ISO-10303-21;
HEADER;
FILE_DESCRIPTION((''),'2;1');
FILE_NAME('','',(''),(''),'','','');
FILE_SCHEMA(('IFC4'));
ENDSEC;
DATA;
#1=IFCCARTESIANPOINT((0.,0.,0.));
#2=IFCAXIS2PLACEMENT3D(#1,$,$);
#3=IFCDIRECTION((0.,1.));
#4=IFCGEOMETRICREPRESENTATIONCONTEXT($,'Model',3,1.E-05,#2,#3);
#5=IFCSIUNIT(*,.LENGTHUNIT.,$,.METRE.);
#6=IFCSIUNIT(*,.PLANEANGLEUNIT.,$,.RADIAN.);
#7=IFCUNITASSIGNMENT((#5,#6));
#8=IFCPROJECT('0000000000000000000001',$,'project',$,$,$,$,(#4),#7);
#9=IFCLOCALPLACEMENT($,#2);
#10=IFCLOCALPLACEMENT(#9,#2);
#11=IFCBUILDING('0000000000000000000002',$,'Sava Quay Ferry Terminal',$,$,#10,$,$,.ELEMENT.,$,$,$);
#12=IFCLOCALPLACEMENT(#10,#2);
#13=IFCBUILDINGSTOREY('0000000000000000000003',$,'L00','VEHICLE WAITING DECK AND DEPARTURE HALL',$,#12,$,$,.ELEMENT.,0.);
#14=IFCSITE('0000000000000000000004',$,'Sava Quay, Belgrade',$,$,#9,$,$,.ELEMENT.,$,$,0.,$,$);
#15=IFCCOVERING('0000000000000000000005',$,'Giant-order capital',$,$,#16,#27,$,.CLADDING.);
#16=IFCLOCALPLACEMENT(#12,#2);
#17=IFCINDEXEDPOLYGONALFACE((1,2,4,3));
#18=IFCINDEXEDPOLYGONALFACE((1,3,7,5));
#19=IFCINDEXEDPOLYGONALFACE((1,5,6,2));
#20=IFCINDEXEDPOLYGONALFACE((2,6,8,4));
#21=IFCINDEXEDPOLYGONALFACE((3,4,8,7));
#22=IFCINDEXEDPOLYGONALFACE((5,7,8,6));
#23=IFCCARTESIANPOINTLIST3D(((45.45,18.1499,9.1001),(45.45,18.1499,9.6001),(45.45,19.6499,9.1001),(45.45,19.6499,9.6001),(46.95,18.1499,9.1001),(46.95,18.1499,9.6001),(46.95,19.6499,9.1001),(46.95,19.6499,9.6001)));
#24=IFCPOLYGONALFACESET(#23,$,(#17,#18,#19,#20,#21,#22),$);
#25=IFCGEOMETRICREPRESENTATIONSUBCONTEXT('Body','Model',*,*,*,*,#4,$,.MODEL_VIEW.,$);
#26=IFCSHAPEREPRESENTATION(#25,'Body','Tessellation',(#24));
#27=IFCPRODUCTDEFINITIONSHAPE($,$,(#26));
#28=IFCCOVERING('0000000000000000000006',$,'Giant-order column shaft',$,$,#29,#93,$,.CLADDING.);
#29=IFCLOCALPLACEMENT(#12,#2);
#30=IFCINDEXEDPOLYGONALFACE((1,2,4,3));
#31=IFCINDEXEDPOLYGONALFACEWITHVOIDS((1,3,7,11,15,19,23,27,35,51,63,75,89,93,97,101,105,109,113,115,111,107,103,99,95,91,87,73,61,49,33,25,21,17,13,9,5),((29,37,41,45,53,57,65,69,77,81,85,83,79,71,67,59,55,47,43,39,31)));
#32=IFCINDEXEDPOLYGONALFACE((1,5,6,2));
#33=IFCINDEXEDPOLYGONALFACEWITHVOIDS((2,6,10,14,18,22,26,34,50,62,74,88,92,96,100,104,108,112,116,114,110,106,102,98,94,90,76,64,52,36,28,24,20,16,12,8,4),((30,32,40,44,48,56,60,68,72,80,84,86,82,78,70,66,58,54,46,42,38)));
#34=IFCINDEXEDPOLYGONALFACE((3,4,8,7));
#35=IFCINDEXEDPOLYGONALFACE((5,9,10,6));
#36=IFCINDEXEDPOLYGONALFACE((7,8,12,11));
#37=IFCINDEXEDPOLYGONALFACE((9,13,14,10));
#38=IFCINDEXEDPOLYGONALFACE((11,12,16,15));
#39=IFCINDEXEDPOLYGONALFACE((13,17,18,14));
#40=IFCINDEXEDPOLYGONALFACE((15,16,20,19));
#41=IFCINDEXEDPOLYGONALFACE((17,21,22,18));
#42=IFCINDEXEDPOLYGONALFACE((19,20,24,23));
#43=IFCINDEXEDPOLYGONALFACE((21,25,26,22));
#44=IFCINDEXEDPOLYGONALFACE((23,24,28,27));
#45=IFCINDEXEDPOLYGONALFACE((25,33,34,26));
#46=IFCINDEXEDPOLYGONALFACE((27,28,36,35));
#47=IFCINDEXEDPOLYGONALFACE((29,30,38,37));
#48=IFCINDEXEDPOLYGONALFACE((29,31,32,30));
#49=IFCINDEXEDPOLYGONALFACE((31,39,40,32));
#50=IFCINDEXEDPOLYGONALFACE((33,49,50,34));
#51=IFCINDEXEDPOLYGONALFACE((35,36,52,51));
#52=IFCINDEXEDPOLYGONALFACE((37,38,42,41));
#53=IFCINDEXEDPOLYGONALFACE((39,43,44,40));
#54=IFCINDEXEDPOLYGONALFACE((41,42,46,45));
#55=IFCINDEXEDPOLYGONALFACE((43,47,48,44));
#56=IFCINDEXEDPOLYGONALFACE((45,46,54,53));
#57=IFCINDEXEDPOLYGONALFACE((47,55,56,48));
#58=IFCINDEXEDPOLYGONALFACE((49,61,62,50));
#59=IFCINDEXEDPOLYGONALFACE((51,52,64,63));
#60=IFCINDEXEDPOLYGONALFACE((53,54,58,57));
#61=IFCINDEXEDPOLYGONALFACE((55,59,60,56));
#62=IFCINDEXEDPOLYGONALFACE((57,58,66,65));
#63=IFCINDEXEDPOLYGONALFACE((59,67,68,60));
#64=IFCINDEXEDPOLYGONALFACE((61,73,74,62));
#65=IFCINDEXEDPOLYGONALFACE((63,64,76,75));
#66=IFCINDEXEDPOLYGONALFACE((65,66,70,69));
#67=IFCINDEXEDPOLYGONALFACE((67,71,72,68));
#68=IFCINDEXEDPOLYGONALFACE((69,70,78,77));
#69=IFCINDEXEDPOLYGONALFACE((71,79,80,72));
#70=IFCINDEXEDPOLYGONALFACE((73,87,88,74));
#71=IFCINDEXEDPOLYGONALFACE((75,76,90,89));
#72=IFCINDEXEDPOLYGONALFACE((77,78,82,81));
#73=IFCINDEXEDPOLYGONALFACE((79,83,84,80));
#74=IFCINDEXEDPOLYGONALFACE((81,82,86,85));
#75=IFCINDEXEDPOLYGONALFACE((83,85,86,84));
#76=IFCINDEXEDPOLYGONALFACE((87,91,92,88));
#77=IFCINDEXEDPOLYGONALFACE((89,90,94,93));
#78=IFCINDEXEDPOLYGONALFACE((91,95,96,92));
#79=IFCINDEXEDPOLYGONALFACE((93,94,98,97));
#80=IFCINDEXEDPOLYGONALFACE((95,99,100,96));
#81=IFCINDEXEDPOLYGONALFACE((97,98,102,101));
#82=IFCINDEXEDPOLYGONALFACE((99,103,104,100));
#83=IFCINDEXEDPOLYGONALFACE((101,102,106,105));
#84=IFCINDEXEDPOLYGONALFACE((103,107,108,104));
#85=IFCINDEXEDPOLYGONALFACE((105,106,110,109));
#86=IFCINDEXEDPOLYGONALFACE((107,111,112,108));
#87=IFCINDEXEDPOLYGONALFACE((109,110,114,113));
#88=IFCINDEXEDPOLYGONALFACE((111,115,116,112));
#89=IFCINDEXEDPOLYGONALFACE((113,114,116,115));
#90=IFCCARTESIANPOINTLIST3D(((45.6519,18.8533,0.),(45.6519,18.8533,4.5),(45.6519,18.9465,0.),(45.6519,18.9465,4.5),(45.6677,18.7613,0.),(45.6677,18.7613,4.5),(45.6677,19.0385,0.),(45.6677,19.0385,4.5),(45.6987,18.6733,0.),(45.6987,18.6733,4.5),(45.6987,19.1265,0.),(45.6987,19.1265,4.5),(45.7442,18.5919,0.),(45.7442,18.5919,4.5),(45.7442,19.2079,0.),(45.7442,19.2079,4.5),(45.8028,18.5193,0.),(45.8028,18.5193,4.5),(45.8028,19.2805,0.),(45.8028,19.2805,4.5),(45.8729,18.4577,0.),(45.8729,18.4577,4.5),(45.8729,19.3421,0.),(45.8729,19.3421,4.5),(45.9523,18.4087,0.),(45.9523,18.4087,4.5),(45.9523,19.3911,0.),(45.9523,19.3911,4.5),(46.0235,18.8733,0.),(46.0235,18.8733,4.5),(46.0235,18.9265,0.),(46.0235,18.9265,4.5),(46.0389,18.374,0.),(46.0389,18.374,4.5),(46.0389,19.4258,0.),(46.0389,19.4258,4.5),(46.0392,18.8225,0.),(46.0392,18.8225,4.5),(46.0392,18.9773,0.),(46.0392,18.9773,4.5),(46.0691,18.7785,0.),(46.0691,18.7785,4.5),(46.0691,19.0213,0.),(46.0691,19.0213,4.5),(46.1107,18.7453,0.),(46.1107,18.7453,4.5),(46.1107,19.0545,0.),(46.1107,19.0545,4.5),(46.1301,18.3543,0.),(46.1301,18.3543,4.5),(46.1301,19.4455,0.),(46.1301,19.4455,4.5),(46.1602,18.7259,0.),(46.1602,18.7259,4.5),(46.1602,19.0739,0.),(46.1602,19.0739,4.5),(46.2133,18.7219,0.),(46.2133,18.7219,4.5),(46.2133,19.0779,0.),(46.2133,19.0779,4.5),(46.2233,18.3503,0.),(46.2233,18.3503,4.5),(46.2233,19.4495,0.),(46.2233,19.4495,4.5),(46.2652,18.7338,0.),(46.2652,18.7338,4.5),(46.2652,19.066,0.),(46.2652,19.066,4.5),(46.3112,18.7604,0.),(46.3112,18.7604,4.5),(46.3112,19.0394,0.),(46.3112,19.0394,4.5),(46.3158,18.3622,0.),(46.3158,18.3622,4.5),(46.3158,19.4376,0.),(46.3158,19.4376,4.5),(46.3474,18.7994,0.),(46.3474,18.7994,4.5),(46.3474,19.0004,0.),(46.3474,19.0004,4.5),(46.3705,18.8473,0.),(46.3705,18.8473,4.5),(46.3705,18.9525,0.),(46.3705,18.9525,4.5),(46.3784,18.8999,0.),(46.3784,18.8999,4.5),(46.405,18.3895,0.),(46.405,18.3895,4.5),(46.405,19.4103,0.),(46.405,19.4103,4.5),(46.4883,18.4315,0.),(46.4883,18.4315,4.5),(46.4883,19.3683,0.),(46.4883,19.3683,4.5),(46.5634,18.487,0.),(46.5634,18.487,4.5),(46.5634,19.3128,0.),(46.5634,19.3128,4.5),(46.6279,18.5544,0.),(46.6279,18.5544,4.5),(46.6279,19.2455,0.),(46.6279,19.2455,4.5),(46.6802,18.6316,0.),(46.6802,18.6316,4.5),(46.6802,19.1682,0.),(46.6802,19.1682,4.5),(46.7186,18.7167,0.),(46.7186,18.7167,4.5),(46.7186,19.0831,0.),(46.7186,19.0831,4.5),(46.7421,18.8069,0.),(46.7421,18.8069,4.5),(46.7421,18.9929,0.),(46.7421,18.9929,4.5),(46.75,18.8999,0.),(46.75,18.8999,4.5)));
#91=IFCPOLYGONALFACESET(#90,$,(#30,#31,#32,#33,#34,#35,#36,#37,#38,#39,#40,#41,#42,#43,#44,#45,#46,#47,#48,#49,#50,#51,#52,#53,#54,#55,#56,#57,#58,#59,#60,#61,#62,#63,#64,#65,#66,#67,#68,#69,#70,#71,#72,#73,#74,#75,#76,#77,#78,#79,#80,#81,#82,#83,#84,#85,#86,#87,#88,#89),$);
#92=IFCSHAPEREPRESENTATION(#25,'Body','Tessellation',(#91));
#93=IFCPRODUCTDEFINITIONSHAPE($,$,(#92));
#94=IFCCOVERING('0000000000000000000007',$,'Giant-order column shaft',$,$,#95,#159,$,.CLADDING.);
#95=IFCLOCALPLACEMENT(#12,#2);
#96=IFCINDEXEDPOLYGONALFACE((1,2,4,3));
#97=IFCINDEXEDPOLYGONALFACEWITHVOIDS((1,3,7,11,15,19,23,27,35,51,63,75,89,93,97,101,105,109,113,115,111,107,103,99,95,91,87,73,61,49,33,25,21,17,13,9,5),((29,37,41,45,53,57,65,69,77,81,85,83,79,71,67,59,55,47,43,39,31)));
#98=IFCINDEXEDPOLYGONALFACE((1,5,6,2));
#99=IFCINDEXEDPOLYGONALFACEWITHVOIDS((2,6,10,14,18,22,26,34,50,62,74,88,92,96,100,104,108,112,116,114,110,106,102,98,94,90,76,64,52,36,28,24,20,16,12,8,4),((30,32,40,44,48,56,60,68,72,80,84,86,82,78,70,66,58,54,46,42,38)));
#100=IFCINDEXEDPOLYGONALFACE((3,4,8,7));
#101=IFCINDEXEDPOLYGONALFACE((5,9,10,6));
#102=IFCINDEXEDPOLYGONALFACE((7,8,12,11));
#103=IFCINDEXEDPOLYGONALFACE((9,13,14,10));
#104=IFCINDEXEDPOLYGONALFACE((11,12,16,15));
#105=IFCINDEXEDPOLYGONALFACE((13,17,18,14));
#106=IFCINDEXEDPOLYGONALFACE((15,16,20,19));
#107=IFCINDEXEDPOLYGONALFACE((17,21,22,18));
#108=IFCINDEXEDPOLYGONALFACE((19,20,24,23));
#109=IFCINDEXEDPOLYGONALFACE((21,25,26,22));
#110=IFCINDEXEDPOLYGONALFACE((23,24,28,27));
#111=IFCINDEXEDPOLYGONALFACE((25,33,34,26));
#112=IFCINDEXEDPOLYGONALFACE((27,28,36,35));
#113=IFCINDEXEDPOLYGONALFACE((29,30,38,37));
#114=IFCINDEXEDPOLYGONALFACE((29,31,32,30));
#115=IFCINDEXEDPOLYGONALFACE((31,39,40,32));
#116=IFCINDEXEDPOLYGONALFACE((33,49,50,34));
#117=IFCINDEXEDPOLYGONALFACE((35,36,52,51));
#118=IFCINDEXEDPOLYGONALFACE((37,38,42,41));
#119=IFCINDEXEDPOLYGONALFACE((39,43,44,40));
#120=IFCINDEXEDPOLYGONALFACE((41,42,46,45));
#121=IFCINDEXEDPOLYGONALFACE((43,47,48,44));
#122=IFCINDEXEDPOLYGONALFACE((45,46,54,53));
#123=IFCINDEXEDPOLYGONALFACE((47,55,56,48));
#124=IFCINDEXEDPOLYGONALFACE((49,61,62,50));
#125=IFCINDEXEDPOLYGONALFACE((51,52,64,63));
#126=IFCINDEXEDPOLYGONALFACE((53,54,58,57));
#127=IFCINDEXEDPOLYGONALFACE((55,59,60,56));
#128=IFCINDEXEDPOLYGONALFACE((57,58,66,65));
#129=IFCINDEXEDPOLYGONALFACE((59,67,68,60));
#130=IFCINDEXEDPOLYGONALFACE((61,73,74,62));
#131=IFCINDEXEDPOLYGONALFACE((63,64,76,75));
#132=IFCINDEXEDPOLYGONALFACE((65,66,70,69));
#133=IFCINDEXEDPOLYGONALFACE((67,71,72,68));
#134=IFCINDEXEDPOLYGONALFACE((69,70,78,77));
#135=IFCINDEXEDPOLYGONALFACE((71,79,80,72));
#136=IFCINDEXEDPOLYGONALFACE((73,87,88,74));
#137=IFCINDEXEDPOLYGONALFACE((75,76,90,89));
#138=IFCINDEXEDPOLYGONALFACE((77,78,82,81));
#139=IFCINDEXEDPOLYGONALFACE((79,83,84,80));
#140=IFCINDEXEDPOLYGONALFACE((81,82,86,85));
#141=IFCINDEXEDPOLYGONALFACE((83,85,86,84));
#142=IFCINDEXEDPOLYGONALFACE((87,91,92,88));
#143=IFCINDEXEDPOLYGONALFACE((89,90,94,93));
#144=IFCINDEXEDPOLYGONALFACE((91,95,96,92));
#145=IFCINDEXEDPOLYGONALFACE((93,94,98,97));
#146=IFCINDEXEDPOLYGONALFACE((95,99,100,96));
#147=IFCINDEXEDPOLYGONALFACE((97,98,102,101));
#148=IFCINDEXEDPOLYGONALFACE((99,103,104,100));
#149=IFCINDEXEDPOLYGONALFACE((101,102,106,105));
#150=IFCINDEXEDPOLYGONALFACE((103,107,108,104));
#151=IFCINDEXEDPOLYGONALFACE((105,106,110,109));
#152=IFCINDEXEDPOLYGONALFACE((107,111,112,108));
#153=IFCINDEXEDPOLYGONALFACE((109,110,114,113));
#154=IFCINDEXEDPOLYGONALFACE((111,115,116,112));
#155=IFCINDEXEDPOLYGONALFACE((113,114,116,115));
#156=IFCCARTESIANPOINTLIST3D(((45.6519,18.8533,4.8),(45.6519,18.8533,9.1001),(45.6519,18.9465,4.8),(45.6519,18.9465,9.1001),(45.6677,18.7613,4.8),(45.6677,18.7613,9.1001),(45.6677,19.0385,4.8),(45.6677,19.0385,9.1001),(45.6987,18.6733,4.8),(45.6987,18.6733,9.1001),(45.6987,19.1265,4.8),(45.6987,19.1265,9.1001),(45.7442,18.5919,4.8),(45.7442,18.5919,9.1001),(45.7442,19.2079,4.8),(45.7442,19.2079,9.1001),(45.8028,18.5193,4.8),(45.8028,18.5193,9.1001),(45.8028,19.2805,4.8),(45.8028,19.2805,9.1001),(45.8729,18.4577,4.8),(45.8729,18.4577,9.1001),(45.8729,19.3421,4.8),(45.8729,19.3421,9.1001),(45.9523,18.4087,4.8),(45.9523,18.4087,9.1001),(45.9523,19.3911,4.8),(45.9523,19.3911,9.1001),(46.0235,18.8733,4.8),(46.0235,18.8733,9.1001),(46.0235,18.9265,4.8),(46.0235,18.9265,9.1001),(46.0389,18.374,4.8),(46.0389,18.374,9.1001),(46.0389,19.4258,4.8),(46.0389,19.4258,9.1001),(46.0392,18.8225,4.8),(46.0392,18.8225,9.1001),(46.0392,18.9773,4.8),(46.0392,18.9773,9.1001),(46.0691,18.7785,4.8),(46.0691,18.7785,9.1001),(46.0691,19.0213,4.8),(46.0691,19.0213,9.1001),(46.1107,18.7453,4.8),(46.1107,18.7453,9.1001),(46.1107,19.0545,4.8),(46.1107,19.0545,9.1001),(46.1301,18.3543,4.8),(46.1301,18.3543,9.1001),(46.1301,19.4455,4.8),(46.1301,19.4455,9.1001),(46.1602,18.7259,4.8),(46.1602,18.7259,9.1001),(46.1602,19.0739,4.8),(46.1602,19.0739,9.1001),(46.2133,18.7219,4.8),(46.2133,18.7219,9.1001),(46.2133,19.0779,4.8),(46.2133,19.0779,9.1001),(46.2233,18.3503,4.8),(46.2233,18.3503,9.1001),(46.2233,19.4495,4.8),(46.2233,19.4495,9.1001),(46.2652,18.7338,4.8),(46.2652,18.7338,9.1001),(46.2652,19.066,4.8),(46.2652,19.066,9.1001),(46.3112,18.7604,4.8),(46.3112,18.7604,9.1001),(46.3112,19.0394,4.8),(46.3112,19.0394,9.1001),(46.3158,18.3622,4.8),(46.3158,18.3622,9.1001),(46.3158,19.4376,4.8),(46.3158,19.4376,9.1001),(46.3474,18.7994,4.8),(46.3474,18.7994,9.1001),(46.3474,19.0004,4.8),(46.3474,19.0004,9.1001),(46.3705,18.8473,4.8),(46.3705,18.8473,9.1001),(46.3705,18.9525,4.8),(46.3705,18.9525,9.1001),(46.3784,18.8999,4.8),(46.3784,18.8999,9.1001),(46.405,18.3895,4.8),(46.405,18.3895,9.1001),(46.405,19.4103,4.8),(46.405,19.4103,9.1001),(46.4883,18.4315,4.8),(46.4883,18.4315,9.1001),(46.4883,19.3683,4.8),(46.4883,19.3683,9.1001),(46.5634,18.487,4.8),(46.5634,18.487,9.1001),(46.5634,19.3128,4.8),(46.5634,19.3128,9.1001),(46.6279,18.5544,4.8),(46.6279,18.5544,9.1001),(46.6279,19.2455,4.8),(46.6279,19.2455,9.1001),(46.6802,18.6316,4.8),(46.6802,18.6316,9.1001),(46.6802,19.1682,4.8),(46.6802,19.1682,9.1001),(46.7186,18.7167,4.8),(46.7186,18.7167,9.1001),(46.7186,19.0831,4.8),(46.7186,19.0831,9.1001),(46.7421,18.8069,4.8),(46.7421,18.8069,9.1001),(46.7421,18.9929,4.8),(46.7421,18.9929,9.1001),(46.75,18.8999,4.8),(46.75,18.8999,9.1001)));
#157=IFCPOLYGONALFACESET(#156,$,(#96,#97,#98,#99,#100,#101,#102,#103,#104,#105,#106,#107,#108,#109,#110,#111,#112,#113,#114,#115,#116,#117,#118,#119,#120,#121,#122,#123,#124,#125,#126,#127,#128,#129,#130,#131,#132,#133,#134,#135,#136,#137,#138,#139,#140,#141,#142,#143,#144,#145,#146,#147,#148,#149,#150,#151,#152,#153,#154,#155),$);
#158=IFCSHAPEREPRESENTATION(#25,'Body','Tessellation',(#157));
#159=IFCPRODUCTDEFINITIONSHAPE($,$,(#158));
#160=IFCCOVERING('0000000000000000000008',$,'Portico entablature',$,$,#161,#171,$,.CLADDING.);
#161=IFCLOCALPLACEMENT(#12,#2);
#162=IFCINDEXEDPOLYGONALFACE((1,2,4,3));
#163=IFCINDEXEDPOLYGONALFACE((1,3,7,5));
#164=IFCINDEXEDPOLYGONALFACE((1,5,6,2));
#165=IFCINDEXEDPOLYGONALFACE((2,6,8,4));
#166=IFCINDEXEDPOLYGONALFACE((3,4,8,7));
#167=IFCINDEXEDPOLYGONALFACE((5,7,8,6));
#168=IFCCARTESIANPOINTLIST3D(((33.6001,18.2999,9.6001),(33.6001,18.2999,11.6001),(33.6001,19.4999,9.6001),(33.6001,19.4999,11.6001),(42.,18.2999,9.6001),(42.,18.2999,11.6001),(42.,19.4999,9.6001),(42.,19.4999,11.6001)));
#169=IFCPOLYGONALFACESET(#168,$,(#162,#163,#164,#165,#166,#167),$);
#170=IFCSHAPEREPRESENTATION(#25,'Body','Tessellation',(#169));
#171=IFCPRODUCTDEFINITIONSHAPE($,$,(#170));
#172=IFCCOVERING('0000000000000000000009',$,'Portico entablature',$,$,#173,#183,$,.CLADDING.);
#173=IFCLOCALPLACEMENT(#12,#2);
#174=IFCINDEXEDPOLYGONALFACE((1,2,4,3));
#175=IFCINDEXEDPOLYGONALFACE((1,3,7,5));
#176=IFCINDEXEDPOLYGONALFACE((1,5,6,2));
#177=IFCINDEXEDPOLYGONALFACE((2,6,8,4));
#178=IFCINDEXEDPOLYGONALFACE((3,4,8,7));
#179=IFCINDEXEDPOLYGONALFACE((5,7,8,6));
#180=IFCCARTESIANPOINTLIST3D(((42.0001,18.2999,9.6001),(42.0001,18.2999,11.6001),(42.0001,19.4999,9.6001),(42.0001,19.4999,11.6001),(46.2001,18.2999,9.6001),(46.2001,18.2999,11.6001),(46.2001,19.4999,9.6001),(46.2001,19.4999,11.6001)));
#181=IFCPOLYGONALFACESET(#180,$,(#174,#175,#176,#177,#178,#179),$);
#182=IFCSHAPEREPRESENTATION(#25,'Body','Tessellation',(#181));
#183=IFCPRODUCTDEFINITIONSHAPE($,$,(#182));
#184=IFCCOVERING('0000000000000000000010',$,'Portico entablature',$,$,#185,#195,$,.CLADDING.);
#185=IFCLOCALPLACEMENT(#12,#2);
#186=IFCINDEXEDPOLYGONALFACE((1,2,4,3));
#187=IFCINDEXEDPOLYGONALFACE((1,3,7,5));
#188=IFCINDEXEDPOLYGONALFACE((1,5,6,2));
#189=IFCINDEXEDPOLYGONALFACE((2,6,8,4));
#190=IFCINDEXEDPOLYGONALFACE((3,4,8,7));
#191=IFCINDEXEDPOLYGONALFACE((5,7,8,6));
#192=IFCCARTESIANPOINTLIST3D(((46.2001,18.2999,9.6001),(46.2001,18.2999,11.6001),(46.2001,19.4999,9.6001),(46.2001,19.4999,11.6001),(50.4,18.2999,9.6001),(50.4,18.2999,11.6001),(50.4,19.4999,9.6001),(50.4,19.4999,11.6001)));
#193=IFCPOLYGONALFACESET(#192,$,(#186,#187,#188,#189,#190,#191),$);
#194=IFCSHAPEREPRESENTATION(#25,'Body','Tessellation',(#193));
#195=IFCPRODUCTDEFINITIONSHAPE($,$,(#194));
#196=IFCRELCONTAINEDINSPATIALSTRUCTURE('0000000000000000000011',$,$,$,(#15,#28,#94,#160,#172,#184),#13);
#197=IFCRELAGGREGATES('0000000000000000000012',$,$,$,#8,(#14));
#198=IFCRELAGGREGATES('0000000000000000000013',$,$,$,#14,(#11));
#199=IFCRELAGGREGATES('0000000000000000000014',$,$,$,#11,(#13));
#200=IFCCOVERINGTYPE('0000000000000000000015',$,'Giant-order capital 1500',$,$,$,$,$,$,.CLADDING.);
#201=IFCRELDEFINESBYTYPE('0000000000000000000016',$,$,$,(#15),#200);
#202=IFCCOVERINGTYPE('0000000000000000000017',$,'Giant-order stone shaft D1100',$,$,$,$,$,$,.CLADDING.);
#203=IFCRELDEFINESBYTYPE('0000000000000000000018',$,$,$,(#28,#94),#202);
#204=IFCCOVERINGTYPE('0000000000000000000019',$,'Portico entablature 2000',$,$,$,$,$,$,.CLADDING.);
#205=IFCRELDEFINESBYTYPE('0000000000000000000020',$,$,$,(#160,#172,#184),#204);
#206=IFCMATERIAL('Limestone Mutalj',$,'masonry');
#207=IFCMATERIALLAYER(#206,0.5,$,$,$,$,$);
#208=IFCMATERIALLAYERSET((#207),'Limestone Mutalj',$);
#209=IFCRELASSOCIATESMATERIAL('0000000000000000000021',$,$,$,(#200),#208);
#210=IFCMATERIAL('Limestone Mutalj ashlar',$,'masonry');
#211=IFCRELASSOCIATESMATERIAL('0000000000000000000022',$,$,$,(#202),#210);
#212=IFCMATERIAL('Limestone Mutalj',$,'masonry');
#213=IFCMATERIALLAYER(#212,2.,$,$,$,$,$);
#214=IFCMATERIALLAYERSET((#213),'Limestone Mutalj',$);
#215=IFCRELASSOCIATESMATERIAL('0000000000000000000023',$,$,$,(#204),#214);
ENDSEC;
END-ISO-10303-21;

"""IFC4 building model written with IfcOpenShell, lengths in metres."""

from ifc_helpers import new_model, si_unit, direction, frame, origin, origin_2d, place, context, subcontext, project, spatial, rectangle, hollow_circle, extrude, material, layer, layer_set, material_profile, profile_set, type_object, element, save


model = new_model("IFC4")

# Units and contexts
model_context = context("Model", 3, precision=1e-05, world=origin(), true_north=direction((0.0, 1.0)))
body_context = subcontext(model_context, "Body", "Model", "MODEL_VIEW")
ifc_project = project(units=[si_unit("LENGTHUNIT", "METRE"), si_unit("PLANEANGLEUNIT", "RADIAN")], contexts=[model_context])

# Site, building, storey
site_placement = place(None, origin())
site = spatial("IfcSite", under=ifc_project, at=site_placement, Name="Sava Quay, Belgrade", CompositionType="ELEMENT", RefElevation=0.0)
building_placement = place(site_placement, origin())
building = spatial("IfcBuilding", under=site, at=building_placement, Name="Sava Quay Ferry Terminal", CompositionType="ELEMENT")
storey_placement = place(building_placement, origin())
storey = spatial("IfcBuildingStorey", under=building, at=storey_placement, Name="L00", Description="VEHICLE WAITING DECK AND DEPARTURE HALL", CompositionType="ELEMENT", Elevation=0.0)

# Coverings
ifc_material_1 = material(Name="Limestone Mutalj", Category="masonry")
ifc_layer_1 = layer(ifc_material_1, 0.5)
ifc_layer_set_1 = layer_set([ifc_layer_1], Name="Limestone Mutalj")
covering_type_1 = type_object("IfcCoveringType", Name="Giant-order capital 1500", PredefinedType="CLADDING", material=ifc_layer_set_1)
covering_1_placement = place(storey_placement, frame((46.2, 18.8999, 9.1001), z_axis=(0.0, 0.0, 1.0), x_axis=(1.0, 0.0, 0.0)))
element("IfcCovering", 1, at=covering_1_placement, inside=storey, type_object=covering_type_1, Name="Giant-order capital", PredefinedType="CLADDING", context=body_context, shape_type="SweptSolid", body=[
    extrude(rectangle(XDim=1.5, YDim=1.5, at=origin_2d()), origin(), (0.0, 0.0, 1.0), 0.5),
])
ifc_material_2 = material(Name="Limestone Mutalj ashlar", Category="masonry")
ifc_material_profile_1 = material_profile(ifc_material_2, hollow_circle(Radius=0.55, WallThickness=0.3716, at=origin_2d()), Name="Stone shaft D1100")
ifc_profile_set_1 = profile_set([ifc_material_profile_1], Name="Limestone Mutalj ashlar")
covering_type_2 = type_object("IfcCoveringType", Name="Giant-order stone shaft D1100", PredefinedType="CLADDING", material=ifc_profile_set_1)
covering_2_placement = place(storey_placement, frame((46.2, 18.8999, 0.0), z_axis=(0.0, 0.0, 1.0), x_axis=(1.0, 0.0, 0.0)))
element("IfcCovering", 2, at=covering_2_placement, inside=storey, type_object=covering_type_2, Name="Giant-order column shaft", PredefinedType="CLADDING", context=body_context, shape_type="SweptSolid", body=[
    extrude(hollow_circle(Radius=0.55, WallThickness=0.3716, at=origin_2d()), origin(), (0.0, 0.0, 1.0), 4.5),
])
covering_3_placement = place(storey_placement, frame((46.2, 18.8999, 4.8), z_axis=(0.0, 0.0, 1.0), x_axis=(1.0, 0.0, 0.0)))
element("IfcCovering", 3, at=covering_3_placement, inside=storey, type_object=covering_type_2, Name="Giant-order column shaft", PredefinedType="CLADDING", context=body_context, shape_type="SweptSolid", body=[
    extrude(hollow_circle(Radius=0.55, WallThickness=0.3716, at=origin_2d()), origin(), (0.0, 0.0, 1.0), 4.3),
])
ifc_material_3 = material(Name="Limestone Mutalj", Category="masonry")
ifc_layer_2 = layer(ifc_material_3, 2.0)
ifc_layer_set_2 = layer_set([ifc_layer_2], Name="Limestone Mutalj")
covering_type_3 = type_object("IfcCoveringType", Name="Portico entablature 2000", PredefinedType="CLADDING", material=ifc_layer_set_2)
covering_4_placement = place(storey_placement, frame((37.8, 18.8999, 9.6001), z_axis=(0.0, 0.0, 1.0), x_axis=(1.0, 0.0, 0.0)))
element("IfcCovering", 4, at=covering_4_placement, inside=storey, type_object=covering_type_3, Name="Portico entablature", PredefinedType="CLADDING", context=body_context, shape_type="SweptSolid", body=[
    extrude(rectangle(XDim=8.3999, YDim=1.2, at=origin_2d()), origin(), (0.0, 0.0, 1.0), 2.0),
])
for number, where, z_axis, x_axis, name in (
    (5, (44.1001, 18.8999, 9.6001), (0.0, 0.0, 1.0), (1.0, 0.0, 0.0), "Portico entablature"),
    (6, (48.3, 18.8999, 9.6001), (0.0, 0.0, 1.0), (1.0, 0.0, 0.0), "Portico entablature"),
):
    element("IfcCovering", number, at=place(storey_placement, frame(where, z_axis=z_axis, x_axis=x_axis)), inside=storey, type_object=covering_type_3, Name=name, PredefinedType="CLADDING", context=body_context, shape_type="SweptSolid", body=[
        extrude(rectangle(XDim=4.2, YDim=1.2, at=origin_2d()), origin(), (0.0, 0.0, 1.0), 2.0),
    ])

save(model, "model.ifc")
